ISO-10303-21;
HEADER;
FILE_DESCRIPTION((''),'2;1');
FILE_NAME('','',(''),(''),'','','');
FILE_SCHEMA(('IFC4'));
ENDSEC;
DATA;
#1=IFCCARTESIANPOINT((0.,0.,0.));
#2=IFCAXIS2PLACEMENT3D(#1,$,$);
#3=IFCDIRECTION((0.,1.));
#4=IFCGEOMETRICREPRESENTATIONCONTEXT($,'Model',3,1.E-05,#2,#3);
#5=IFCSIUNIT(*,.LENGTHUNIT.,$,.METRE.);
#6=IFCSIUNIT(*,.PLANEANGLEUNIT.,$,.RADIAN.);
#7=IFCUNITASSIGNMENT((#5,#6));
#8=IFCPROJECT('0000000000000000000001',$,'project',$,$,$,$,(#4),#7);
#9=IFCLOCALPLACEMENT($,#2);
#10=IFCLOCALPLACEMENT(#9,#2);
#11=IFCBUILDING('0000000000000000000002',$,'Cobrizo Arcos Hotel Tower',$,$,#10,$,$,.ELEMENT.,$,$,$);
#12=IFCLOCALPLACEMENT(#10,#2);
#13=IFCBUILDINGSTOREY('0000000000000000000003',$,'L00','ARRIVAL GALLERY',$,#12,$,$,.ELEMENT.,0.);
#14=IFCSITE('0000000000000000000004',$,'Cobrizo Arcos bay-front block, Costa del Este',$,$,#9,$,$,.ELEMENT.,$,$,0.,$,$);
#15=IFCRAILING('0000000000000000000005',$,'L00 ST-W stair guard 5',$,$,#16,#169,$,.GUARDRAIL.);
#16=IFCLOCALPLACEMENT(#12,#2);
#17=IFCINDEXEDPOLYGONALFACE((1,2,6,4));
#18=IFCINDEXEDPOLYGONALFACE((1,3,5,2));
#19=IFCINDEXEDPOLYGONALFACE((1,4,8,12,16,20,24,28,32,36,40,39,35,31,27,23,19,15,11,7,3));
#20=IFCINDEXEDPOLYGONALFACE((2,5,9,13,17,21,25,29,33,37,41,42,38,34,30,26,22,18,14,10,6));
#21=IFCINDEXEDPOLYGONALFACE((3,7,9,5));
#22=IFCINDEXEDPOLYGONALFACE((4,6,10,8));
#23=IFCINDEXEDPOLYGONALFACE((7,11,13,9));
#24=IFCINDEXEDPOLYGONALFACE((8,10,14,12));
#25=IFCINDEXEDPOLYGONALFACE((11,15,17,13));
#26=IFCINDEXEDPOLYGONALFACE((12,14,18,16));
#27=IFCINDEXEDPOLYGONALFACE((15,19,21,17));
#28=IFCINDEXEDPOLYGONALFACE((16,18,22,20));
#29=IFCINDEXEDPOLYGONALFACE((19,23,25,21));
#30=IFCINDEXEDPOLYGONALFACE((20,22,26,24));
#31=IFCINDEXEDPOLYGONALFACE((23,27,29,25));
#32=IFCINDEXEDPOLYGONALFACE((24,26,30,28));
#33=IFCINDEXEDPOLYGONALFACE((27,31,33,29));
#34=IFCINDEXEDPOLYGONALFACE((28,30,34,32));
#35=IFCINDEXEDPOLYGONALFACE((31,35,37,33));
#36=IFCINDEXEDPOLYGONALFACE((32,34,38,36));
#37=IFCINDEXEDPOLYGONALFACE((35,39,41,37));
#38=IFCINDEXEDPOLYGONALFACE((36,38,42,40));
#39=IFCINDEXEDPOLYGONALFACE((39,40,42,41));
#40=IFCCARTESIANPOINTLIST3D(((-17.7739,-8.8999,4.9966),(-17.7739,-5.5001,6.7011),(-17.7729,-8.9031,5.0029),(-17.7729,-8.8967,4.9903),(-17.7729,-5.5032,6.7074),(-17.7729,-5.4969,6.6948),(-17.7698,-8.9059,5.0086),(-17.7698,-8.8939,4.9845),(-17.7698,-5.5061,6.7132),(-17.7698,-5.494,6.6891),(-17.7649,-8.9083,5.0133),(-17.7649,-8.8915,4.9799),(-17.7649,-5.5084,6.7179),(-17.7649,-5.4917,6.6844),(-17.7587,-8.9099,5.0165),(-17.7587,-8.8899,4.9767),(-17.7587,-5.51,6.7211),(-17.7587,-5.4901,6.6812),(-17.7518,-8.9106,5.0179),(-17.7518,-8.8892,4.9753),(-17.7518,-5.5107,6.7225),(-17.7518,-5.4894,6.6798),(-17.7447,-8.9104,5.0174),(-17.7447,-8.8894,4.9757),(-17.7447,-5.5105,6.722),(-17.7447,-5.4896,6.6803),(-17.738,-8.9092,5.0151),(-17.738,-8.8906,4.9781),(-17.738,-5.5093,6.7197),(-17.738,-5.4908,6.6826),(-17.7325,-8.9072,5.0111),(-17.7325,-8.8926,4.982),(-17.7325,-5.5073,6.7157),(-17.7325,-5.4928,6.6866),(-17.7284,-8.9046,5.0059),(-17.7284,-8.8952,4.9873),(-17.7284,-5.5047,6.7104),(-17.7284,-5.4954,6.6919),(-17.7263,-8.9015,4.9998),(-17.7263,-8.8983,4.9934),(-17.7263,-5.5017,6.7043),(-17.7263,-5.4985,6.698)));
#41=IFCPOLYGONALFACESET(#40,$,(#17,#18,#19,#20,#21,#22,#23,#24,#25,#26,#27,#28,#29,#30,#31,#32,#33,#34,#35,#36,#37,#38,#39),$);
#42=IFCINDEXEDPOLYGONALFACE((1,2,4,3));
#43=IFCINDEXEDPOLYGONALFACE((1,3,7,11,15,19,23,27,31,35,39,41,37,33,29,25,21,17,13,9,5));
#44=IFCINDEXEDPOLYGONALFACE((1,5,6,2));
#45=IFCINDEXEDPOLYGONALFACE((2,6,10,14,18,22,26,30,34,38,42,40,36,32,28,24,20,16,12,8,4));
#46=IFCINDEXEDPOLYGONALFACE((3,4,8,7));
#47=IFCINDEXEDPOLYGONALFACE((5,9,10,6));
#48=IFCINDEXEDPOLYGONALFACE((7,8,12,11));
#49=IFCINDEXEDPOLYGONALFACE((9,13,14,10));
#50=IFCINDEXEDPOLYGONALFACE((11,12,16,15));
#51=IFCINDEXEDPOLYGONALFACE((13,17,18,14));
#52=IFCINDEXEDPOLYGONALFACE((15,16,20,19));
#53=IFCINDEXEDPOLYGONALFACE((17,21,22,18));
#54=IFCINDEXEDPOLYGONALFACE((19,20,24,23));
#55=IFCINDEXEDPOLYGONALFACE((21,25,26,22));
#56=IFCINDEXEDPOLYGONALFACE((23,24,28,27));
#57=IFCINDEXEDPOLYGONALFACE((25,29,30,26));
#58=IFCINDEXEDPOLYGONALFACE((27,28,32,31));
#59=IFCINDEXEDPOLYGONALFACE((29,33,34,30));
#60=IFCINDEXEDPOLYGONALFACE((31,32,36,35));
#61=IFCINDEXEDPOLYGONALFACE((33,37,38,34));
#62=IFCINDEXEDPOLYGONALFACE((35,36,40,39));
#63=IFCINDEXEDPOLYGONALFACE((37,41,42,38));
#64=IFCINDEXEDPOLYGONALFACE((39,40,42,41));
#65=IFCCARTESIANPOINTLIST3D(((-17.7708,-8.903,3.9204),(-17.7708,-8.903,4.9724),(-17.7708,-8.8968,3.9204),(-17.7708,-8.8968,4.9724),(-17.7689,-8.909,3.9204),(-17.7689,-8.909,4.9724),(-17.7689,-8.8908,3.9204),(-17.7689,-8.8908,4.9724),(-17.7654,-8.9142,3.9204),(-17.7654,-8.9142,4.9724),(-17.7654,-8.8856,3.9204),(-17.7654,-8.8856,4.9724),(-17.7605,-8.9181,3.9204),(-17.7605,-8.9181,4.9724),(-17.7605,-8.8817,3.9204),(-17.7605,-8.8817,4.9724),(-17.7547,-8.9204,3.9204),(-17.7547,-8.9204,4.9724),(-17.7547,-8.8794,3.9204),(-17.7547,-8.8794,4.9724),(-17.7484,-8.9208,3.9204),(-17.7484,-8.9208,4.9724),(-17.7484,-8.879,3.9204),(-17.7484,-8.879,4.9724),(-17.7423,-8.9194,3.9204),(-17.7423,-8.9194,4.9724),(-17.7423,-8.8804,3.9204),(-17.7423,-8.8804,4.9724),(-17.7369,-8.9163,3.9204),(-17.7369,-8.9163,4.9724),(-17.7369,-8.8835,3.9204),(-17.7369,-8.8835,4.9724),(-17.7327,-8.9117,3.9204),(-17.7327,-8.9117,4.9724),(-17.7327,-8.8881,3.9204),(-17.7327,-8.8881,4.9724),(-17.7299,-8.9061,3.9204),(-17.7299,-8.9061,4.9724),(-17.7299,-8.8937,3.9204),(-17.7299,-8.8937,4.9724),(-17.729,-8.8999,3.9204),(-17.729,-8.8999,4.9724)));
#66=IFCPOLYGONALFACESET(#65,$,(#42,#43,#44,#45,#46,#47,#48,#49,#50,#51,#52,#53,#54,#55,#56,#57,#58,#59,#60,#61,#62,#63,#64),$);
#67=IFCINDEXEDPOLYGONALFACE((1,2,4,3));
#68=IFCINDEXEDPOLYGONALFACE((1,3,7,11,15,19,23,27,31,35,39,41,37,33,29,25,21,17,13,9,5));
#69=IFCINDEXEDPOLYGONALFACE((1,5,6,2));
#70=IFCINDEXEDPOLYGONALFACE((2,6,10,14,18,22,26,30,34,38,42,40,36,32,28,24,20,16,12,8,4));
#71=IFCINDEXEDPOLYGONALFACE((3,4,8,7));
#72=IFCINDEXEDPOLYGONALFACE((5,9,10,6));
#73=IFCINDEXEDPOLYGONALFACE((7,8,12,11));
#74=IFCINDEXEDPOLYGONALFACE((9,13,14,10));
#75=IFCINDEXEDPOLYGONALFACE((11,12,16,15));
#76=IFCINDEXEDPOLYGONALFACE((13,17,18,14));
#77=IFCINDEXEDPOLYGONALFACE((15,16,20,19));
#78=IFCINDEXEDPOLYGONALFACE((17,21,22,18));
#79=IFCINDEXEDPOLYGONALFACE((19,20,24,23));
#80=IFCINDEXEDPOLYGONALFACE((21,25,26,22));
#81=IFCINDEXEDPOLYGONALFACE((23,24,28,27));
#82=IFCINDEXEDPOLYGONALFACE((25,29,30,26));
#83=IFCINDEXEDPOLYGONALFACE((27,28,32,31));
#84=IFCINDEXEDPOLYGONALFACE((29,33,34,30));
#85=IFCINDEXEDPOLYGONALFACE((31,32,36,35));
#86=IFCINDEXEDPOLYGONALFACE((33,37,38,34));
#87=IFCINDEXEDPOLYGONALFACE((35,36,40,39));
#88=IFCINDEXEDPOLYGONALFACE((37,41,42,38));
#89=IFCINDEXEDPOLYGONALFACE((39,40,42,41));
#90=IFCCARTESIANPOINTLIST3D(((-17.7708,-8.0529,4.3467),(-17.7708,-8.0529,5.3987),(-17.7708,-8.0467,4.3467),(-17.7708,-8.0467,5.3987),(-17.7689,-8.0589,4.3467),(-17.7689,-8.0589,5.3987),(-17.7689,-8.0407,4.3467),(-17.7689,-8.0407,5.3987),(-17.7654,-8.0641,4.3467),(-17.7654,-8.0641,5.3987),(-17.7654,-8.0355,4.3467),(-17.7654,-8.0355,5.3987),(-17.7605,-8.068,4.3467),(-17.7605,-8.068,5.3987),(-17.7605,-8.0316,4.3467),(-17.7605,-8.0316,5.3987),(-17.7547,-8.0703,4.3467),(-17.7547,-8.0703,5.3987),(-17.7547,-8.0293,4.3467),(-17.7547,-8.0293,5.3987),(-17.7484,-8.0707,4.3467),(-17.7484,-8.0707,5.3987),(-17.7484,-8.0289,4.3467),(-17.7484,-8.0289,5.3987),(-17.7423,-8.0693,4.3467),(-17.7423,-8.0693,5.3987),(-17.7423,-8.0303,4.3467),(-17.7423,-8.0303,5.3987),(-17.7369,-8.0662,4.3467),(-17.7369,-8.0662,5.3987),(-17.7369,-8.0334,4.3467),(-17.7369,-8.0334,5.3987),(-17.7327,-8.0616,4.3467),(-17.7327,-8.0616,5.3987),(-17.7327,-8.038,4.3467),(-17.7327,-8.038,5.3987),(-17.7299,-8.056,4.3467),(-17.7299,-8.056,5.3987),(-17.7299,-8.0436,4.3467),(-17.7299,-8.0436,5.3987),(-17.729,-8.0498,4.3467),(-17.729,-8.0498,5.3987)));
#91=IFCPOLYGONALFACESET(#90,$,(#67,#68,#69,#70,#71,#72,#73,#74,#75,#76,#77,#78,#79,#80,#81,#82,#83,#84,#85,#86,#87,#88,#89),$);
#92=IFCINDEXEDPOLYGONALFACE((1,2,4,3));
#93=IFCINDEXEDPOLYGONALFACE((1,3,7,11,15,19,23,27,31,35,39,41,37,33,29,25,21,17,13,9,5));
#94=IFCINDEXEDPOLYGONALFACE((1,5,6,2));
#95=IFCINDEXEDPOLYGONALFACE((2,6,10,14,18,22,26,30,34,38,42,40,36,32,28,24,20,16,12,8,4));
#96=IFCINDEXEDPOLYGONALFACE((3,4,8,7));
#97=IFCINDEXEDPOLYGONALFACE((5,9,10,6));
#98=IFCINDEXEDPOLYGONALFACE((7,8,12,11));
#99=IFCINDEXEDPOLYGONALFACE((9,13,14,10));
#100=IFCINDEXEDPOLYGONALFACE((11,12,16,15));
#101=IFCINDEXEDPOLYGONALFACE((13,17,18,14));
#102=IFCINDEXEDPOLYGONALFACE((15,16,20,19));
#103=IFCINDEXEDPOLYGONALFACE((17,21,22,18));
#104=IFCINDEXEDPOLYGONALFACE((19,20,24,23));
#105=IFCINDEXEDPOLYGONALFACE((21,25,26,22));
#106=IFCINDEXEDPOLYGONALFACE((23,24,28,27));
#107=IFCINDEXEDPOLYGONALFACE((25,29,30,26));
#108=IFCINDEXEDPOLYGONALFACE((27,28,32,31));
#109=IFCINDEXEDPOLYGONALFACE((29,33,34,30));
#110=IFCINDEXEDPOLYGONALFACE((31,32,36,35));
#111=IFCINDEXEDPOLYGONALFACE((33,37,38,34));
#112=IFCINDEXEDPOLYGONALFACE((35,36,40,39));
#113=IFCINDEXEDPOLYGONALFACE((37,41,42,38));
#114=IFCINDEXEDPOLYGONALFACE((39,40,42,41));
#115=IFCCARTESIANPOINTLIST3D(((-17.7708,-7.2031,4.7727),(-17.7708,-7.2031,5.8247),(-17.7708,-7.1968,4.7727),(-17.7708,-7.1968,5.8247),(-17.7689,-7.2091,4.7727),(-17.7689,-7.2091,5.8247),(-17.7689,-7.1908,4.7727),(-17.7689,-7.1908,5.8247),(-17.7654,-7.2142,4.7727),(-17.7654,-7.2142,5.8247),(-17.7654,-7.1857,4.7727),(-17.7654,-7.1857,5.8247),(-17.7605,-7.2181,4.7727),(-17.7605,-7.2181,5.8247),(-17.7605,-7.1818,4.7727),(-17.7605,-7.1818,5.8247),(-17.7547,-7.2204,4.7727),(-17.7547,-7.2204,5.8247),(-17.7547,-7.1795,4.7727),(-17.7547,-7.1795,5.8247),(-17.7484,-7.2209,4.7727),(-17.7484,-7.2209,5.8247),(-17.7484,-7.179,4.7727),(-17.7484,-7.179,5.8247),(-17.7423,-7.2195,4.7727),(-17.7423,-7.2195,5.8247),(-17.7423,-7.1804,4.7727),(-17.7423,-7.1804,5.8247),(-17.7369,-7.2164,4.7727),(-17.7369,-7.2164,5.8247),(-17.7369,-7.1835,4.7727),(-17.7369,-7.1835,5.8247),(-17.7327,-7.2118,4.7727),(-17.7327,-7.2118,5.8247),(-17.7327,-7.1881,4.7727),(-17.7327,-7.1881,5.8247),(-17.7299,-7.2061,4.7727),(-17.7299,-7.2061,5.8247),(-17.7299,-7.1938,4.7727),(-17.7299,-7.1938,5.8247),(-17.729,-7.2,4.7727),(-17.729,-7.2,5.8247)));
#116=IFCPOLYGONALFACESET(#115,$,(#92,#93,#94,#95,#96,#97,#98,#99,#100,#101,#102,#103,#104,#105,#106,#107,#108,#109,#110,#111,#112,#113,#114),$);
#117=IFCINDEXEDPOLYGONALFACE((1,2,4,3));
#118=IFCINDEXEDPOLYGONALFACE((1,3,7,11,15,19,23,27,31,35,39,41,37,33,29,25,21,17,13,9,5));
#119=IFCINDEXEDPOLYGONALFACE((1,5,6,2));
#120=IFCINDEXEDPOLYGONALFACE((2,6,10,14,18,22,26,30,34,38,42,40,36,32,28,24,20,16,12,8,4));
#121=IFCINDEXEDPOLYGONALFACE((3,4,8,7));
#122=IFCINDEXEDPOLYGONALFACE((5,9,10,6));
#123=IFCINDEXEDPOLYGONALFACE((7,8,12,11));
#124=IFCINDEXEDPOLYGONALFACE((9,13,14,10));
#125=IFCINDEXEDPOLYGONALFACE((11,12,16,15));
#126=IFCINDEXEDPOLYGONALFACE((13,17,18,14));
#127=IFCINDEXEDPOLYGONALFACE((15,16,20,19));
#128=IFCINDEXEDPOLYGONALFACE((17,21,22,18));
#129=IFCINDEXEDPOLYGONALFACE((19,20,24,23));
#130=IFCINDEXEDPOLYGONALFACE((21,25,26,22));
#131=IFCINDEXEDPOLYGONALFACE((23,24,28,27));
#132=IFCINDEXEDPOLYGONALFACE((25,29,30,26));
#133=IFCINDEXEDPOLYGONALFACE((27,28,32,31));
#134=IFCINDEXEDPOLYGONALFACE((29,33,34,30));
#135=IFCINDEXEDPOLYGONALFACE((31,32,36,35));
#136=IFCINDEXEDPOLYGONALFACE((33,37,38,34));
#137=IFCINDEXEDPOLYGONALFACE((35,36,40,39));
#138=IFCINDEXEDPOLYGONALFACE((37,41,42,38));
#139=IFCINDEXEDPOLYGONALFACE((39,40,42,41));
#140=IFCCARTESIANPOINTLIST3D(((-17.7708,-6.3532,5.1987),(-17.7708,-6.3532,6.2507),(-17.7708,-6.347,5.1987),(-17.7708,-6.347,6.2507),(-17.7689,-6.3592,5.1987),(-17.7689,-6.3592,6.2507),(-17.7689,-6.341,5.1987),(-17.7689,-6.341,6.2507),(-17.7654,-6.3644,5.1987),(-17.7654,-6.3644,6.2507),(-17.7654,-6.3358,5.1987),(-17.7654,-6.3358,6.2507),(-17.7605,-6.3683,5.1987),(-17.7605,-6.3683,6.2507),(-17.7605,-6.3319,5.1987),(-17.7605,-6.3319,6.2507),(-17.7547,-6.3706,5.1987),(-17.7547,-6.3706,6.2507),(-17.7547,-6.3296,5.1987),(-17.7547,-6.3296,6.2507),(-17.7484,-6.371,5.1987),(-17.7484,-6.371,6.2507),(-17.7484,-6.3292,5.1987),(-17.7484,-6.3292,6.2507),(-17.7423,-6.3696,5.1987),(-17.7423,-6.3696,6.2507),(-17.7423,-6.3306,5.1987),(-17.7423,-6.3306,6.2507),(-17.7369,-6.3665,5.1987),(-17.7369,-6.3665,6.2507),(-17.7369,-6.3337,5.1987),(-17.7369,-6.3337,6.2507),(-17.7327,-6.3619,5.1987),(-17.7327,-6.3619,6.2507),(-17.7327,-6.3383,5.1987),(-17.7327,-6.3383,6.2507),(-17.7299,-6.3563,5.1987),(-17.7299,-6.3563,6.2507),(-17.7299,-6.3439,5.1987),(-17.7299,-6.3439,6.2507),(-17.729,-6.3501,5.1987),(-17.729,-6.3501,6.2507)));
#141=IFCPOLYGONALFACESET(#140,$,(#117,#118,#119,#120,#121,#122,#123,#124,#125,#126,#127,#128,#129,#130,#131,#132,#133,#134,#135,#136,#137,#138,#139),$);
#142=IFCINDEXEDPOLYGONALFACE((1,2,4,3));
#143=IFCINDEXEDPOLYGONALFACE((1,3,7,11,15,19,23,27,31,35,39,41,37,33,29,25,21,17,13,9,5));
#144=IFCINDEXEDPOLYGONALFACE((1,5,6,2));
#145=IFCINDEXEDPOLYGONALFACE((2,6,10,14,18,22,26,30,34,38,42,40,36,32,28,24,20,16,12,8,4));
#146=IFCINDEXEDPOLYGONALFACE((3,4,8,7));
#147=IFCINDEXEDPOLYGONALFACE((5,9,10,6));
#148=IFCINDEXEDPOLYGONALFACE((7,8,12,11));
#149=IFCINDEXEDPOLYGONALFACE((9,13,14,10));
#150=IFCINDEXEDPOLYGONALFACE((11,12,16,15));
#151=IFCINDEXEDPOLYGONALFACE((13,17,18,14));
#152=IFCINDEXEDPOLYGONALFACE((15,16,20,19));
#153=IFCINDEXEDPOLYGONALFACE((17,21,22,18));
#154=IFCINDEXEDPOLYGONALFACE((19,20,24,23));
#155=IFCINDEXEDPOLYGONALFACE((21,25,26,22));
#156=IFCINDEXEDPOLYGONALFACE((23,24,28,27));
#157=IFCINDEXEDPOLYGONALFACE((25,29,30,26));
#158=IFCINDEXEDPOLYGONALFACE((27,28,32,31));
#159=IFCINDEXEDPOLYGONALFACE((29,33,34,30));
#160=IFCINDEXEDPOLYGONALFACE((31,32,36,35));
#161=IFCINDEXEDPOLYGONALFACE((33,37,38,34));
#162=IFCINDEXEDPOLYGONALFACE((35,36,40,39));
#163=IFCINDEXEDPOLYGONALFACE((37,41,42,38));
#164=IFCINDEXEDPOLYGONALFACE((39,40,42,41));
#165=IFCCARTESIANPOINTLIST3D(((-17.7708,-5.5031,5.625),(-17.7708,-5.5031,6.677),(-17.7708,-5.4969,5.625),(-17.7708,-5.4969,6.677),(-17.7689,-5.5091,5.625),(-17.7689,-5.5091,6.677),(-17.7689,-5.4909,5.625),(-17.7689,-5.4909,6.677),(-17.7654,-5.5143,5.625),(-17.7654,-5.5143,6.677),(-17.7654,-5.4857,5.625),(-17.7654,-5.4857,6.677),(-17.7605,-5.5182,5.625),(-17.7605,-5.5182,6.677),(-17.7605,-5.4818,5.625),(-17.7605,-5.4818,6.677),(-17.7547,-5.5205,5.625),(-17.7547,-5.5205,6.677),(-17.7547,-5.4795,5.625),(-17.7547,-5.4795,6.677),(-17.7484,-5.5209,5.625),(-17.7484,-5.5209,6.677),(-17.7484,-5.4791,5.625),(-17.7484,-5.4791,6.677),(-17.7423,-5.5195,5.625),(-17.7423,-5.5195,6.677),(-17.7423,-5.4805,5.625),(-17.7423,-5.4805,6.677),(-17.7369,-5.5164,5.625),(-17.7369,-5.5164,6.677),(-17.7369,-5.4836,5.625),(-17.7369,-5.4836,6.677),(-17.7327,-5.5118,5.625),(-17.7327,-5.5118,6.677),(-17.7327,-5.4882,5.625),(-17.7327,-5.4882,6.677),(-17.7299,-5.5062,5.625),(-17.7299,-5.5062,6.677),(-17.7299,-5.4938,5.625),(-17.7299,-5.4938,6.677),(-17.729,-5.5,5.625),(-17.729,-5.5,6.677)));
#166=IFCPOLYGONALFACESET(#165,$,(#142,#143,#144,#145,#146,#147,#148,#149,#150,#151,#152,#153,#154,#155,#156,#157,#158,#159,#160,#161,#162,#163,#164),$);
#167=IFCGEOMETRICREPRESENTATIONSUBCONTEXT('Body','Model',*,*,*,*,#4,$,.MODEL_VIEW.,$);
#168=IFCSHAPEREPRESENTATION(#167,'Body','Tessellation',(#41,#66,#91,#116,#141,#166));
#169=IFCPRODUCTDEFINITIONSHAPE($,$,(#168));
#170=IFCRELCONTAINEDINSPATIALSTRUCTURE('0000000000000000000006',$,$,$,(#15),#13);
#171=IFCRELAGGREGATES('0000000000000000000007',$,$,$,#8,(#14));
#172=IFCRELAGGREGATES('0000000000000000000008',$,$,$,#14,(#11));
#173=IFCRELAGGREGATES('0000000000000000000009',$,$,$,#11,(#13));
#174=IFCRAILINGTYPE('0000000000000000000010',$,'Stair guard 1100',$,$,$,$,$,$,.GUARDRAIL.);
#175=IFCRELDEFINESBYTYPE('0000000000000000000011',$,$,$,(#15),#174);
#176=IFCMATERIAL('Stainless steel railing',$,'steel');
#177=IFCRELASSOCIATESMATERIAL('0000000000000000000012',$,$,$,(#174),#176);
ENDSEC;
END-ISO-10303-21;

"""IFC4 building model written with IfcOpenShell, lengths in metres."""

from ifc_helpers import new_model, si_unit, direction, frame, origin, origin_2d, place, context, subcontext, project, spatial, circle, extrude, material, type_object, element, save


model = new_model("IFC4")

# Units and contexts
model_context = context("Model", 3, precision=1e-05, world=origin(), true_north=direction((0.0, 1.0)))
body_context = subcontext(model_context, "Body", "Model", "MODEL_VIEW")
ifc_project = project(units=[si_unit("LENGTHUNIT", "METRE"), si_unit("PLANEANGLEUNIT", "RADIAN")], contexts=[model_context])

# Site, building, storey
site_placement = place(None, origin())
site = spatial("IfcSite", under=ifc_project, at=site_placement, Name="Cobrizo Arcos bay-front block, Costa del Este", CompositionType="ELEMENT", RefElevation=0.0)
building_placement = place(site_placement, origin())
building = spatial("IfcBuilding", under=site, at=building_placement, Name="Cobrizo Arcos Hotel Tower", CompositionType="ELEMENT")
storey_placement = place(building_placement, origin())
storey = spatial("IfcBuildingStorey", under=building, at=storey_placement, Name="L00", Description="ARRIVAL GALLERY", CompositionType="ELEMENT", Elevation=0.0)

# Railing
ifc_material_1 = material(Name="Stainless steel railing", Category="steel")
railing_type_1 = type_object("IfcRailingType", Name="Stair guard 1100", PredefinedType="GUARDRAIL", material=ifc_material_1)
railing_1_placement = place(storey_placement, frame((-17.75, -8.8999, 3.9204)))
element("IfcRailing", 1, at=railing_1_placement, inside=storey, type_object=railing_type_1, Name="L00 ST-W stair guard 5", PredefinedType="GUARDRAIL", context=body_context, shape_type="SweptSolid", body=[
    extrude(circle(Radius=0.0239, at=origin_2d()), frame((0.0, 0.0, 1.0762), z_axis=(0.0, 0.893939, 0.448189), x_axis=(-1.0, 0.0, 0.0)), (0.0, 0.0, 1.0), 3.8032),
    extrude(circle(Radius=0.021, at=origin_2d()), origin(), (0.0, 0.0, 1.0), 1.052),
    extrude(circle(Radius=0.021, at=origin_2d()), frame((0.0, 0.8501, 0.4263)), (0.0, 0.0, 1.0), 1.052),
    extrude(circle(Radius=0.021, at=origin_2d()), frame((0.0, 1.7, 0.8523)), (0.0, 0.0, 1.0), 1.052),
    extrude(circle(Radius=0.021, at=origin_2d()), frame((0.0, 2.5498, 1.2783)), (0.0, 0.0, 1.0), 1.052),
    extrude(circle(Radius=0.021, at=origin_2d()), frame((0.0, 3.3999, 1.7046)), (0.0, 0.0, 1.0), 1.052),
])

save(model, "model.ifc")
